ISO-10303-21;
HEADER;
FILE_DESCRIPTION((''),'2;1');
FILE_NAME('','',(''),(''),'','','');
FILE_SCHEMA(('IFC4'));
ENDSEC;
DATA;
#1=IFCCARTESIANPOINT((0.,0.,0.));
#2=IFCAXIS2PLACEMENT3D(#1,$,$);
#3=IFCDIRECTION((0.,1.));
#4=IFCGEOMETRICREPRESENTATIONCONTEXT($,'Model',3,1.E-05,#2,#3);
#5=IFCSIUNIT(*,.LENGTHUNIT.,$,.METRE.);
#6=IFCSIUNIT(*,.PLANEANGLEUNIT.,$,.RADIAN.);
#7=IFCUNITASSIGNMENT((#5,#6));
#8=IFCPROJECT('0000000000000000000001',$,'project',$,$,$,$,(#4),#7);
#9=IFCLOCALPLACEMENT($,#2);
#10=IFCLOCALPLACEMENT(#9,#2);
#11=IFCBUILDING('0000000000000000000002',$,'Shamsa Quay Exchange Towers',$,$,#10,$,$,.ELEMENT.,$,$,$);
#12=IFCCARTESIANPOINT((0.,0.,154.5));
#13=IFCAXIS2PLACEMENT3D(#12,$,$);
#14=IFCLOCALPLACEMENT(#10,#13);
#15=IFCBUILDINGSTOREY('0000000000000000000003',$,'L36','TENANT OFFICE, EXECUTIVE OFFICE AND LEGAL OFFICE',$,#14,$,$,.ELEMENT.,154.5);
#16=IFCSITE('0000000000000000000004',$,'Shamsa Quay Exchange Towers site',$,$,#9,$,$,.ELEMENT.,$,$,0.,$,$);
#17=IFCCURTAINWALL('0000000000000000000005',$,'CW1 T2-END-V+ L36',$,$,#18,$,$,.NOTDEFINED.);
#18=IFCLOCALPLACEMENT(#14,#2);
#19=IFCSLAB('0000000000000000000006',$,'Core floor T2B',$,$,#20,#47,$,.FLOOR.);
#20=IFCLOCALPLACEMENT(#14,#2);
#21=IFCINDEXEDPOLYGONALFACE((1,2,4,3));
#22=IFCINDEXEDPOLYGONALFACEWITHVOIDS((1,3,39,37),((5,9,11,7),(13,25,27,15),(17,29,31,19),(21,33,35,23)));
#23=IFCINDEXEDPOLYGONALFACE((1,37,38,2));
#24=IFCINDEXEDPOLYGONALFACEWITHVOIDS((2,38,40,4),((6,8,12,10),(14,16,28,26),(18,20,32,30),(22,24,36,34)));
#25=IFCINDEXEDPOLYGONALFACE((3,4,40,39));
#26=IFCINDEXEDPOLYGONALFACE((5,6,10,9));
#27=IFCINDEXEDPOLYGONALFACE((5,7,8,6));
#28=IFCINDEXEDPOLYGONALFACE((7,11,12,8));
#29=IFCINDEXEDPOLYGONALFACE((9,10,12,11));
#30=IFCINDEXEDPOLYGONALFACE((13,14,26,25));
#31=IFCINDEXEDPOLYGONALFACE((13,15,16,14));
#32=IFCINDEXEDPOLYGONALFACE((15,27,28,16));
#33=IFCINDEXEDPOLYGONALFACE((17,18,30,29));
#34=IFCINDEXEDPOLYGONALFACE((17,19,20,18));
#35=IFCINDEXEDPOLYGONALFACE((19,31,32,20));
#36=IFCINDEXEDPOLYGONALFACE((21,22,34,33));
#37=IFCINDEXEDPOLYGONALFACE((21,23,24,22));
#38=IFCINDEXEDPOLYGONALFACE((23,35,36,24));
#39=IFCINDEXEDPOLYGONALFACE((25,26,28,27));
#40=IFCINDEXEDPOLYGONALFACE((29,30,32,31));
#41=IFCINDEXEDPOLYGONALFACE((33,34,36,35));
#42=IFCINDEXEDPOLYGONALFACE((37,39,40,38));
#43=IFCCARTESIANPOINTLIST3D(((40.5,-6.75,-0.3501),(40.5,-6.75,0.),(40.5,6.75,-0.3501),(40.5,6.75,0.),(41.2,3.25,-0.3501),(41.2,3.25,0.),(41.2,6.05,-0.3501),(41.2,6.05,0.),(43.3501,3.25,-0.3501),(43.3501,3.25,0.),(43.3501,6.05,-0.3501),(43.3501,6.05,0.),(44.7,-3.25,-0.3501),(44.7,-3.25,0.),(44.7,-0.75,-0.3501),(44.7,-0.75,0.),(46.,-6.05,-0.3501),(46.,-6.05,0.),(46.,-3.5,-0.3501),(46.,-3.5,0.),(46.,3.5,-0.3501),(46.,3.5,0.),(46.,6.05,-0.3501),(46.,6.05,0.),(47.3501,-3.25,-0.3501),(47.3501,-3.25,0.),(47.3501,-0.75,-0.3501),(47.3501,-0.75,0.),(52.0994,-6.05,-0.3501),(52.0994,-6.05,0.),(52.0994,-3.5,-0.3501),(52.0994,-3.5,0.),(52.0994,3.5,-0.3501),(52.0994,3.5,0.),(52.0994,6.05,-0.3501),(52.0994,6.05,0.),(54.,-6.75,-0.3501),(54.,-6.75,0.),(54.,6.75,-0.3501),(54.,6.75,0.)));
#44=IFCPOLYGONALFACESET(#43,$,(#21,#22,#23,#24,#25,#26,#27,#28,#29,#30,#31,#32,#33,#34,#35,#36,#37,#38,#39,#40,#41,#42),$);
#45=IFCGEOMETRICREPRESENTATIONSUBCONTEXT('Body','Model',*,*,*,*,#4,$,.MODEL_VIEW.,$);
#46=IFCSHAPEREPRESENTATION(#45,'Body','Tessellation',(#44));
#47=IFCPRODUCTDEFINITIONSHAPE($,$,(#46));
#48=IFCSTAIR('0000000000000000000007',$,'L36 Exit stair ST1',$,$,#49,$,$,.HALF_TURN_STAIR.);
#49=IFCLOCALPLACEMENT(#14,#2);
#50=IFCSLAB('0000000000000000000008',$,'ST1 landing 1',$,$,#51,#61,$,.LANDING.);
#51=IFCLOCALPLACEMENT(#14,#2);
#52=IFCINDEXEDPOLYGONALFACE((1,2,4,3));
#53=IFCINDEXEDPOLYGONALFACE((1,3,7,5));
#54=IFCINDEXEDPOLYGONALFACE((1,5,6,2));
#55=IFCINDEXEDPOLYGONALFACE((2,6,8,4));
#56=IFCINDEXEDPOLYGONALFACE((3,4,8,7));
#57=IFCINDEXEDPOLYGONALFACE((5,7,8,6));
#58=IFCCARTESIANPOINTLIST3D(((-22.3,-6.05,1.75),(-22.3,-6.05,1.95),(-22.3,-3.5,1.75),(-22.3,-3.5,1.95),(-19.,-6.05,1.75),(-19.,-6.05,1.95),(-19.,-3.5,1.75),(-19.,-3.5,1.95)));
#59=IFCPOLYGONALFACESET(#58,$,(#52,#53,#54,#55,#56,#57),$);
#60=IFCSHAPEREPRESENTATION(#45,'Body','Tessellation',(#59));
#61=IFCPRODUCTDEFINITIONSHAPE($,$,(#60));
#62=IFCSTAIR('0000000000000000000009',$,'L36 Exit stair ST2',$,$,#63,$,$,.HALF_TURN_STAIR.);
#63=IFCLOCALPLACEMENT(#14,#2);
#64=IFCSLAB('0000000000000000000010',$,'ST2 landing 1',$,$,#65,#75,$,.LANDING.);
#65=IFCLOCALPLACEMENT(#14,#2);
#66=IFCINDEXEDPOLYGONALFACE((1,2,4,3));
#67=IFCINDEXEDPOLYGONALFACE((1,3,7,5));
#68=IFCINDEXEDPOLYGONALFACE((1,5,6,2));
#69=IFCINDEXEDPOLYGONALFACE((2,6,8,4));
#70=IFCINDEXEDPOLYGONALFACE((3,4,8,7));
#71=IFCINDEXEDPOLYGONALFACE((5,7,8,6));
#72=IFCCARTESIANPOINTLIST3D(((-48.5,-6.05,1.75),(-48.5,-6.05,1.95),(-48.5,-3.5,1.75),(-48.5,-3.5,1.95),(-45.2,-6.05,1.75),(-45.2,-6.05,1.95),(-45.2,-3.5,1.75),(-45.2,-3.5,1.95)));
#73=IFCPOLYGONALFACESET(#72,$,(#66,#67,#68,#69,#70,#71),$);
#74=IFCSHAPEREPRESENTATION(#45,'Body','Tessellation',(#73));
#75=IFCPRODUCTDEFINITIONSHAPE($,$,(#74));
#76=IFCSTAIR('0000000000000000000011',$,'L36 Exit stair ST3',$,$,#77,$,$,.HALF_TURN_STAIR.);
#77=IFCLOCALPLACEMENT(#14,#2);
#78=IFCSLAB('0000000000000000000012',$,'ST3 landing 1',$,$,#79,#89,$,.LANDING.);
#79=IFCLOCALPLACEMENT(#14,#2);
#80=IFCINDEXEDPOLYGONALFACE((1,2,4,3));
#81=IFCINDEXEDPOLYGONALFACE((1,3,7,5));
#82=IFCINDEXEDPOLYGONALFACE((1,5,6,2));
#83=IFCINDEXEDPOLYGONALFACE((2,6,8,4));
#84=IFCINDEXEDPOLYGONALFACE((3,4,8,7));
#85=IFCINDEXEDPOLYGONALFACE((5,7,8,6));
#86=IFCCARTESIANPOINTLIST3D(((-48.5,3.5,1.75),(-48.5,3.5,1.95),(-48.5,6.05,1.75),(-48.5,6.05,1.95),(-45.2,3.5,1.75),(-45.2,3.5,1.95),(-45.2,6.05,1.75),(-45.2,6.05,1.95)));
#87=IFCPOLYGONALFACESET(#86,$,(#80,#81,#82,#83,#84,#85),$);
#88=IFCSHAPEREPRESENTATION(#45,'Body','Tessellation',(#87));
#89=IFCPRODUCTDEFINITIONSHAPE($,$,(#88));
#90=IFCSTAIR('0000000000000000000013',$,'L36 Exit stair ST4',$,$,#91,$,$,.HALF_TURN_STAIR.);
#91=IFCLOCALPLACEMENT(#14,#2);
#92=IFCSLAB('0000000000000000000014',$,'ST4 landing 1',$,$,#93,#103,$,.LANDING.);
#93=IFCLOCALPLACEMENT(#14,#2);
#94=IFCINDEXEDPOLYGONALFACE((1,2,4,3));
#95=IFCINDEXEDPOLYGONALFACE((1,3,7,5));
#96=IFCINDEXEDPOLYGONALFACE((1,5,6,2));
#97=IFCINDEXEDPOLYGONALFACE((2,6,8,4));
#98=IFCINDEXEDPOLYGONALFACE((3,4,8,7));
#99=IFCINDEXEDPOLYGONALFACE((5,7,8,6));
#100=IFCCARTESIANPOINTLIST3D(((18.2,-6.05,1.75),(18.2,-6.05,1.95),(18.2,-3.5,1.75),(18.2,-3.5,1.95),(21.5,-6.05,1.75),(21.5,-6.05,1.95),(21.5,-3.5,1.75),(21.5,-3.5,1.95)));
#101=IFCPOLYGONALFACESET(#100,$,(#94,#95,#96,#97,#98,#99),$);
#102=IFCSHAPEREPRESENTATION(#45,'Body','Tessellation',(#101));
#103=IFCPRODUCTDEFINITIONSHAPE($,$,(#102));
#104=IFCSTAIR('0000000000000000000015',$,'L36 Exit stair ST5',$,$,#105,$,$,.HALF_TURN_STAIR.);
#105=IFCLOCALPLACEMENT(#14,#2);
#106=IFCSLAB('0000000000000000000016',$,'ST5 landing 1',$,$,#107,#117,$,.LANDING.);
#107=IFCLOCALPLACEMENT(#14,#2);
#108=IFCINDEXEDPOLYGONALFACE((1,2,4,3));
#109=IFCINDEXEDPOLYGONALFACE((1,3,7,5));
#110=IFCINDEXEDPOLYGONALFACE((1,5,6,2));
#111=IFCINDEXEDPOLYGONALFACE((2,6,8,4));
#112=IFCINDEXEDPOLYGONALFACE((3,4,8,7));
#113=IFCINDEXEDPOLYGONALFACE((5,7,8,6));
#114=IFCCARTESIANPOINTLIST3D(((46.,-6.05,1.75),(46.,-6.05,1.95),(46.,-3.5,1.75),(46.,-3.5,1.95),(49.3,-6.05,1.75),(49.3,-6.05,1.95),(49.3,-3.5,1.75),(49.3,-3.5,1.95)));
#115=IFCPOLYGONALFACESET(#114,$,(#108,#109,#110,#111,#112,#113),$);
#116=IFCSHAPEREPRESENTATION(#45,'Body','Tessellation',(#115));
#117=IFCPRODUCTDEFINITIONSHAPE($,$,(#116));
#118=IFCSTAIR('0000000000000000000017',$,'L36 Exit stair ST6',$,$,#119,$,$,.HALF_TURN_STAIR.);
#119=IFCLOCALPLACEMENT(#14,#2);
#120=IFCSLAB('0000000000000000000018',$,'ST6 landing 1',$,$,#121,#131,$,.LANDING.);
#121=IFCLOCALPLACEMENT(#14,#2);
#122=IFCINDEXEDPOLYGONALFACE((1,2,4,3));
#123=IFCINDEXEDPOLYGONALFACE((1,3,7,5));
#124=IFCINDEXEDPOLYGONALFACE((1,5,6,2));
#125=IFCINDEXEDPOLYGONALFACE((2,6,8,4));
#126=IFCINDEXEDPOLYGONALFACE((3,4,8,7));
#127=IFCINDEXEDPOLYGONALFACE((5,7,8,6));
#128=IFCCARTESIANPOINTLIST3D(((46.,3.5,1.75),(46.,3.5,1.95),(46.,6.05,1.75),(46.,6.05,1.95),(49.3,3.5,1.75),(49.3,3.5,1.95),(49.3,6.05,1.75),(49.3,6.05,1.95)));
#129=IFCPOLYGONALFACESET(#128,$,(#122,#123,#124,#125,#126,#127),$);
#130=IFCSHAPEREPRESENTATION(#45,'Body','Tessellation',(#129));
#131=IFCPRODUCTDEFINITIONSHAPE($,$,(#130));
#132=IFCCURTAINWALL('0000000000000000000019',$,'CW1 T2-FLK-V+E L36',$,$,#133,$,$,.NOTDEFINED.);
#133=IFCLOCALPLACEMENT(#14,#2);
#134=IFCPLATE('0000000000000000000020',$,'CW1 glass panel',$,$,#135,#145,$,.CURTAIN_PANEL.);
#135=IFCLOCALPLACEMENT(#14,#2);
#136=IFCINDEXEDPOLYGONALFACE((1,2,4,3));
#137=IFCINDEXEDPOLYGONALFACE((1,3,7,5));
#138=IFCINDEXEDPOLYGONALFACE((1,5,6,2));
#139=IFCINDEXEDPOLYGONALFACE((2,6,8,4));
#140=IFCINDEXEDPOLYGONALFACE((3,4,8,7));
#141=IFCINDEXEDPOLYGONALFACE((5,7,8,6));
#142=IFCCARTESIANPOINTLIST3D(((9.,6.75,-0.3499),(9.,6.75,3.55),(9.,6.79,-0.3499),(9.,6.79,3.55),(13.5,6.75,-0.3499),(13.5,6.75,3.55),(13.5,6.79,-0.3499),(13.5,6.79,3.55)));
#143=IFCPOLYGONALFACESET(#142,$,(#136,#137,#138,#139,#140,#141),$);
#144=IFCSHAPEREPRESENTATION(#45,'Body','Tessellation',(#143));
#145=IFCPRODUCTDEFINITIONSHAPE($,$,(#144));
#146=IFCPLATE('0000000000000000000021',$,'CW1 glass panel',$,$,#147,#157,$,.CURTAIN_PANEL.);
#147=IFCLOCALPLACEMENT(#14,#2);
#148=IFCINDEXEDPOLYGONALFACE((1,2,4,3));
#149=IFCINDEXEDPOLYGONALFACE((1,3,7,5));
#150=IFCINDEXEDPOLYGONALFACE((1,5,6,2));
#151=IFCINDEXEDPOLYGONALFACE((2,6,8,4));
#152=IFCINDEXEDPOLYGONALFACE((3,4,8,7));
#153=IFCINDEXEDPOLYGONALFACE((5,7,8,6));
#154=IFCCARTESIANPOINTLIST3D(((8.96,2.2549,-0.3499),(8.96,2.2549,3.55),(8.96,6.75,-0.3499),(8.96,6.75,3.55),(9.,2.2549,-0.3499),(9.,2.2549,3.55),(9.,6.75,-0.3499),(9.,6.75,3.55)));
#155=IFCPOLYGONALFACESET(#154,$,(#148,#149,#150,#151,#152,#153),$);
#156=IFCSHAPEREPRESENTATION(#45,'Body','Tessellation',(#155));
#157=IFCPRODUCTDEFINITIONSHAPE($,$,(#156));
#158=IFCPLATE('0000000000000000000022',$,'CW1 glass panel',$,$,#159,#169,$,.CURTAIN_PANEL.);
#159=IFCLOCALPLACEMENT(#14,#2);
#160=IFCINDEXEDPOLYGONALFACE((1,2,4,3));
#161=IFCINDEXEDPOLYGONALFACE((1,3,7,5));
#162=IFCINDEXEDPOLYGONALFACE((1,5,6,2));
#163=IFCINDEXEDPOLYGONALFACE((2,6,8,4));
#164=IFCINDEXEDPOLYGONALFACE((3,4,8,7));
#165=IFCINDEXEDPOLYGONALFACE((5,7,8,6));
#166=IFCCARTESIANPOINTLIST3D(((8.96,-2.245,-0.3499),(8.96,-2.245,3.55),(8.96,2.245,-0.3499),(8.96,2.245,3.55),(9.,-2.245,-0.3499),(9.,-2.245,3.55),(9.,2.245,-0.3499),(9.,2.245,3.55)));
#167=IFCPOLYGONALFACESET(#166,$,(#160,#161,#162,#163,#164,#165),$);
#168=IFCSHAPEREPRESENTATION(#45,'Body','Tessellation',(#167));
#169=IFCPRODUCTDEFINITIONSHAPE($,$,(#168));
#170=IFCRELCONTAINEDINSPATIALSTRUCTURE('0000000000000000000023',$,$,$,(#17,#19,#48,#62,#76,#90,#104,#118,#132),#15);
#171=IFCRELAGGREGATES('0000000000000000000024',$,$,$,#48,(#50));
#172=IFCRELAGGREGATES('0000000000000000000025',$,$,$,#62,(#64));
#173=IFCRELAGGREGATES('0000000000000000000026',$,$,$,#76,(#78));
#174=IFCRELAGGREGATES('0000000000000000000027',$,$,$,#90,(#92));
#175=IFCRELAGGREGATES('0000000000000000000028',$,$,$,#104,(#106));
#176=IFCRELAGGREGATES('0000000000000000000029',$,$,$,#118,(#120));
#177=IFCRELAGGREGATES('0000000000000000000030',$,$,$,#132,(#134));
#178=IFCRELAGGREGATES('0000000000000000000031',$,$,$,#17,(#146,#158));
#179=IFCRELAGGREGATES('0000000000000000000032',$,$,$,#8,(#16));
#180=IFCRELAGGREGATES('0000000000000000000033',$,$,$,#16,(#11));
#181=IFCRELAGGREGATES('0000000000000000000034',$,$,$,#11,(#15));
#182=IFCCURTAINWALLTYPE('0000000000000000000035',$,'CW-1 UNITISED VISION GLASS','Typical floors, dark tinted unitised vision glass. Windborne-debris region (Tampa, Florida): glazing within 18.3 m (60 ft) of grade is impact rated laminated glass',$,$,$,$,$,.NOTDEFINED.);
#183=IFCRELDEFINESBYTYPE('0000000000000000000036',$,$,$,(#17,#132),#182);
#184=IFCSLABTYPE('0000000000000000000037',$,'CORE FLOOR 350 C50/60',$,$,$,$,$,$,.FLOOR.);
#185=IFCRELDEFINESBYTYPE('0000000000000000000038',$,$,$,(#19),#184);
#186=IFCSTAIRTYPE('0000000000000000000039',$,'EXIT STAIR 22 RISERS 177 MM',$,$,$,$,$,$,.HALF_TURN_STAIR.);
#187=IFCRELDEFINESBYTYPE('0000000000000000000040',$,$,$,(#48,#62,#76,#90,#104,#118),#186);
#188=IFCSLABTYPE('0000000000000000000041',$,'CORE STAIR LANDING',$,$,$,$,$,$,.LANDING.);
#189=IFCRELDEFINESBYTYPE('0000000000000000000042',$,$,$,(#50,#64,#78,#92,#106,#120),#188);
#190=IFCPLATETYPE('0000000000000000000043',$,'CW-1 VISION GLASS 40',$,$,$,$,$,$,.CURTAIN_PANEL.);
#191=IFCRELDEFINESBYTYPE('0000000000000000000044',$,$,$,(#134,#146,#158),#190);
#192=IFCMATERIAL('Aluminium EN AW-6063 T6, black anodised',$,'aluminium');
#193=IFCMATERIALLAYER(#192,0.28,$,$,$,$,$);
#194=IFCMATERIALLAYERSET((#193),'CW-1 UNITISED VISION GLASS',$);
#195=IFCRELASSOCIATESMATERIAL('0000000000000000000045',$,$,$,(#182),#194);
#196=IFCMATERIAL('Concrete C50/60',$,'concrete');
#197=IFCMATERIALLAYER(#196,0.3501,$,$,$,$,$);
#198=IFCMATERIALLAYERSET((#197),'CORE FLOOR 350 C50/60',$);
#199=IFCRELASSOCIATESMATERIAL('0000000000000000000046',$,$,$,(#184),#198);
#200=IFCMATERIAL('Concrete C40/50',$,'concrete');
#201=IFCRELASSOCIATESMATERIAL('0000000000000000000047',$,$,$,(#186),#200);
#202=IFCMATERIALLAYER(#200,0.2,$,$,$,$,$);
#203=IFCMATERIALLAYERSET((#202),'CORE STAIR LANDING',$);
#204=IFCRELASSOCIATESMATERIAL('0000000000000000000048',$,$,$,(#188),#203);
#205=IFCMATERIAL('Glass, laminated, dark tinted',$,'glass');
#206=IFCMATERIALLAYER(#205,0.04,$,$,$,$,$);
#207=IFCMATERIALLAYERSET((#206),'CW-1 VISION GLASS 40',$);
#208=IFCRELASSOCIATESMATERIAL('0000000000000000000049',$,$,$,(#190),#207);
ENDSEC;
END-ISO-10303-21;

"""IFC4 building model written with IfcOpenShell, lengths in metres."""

from ifc_helpers import new_model, si_unit, direction, frame, origin, origin_2d, place, context, subcontext, project, spatial, polyline, rectangle, outline, extrude, material, layer, layer_set, type_object, element, aggregate, save


model = new_model("IFC4")

# Units and contexts
model_context = context("Model", 3, precision=1e-05, world=origin(), true_north=direction((0.0, 1.0)))
body_context = subcontext(model_context, "Body", "Model", "MODEL_VIEW")
ifc_project = project(units=[si_unit("LENGTHUNIT", "METRE"), si_unit("PLANEANGLEUNIT", "RADIAN")], contexts=[model_context])

# Site, building, storey
site_placement = place(None, origin())
site = spatial("IfcSite", under=ifc_project, at=site_placement, Name="Shamsa Quay Exchange Towers site", CompositionType="ELEMENT", RefElevation=0.0)
building_placement = place(site_placement, origin())
building = spatial("IfcBuilding", under=site, at=building_placement, Name="Shamsa Quay Exchange Towers", CompositionType="ELEMENT")
storey_placement = place(building_placement, frame((0.0, 0.0, 154.5)))
storey = spatial("IfcBuildingStorey", under=building, at=storey_placement, Name="L36", Description="TENANT OFFICE, EXECUTIVE OFFICE AND LEGAL OFFICE", CompositionType="ELEMENT", Elevation=154.5)

# Curtain wall
ifc_material_1 = material(Name="Aluminium EN AW-6063 T6, black anodised", Category="aluminium")
ifc_layer_1 = layer(ifc_material_1, 0.28)
ifc_layer_set_1 = layer_set([ifc_layer_1], Name="CW-1 UNITISED VISION GLASS")
curtain_wall_type = type_object("IfcCurtainWallType", Name="CW-1 UNITISED VISION GLASS", Description="Typical floors, dark tinted unitised vision glass. Windborne-debris region (Tampa, Florida): glazing within 18.3 m (60 ft) of grade is impact rated laminated glass", PredefinedType="NOTDEFINED", material=ifc_layer_set_1)
curtain_wall_1_placement = place(storey_placement, origin())
curtain_wall_1 = element("IfcCurtainWall", 1, at=curtain_wall_1_placement, inside=storey, type_object=curtain_wall_type, Name="CW1 T2-END-V+ L36", PredefinedType="NOTDEFINED")

# Slab
ifc_material_2 = material(Name="Concrete C50/60", Category="concrete")
ifc_layer_2 = layer(ifc_material_2, 0.3501)
ifc_layer_set_2 = layer_set([ifc_layer_2], Name="CORE FLOOR 350 C50/60")
slab_type_1 = type_object("IfcSlabType", Name="CORE FLOOR 350 C50/60", PredefinedType="FLOOR", material=ifc_layer_set_2)
slab_1_placement = place(storey_placement, frame((0.0, 0.0, -0.3501)))
element("IfcSlab", 2, at=slab_1_placement, inside=storey, type_object=slab_type_1, Name="Core floor T2B", PredefinedType="FLOOR", context=body_context, shape_type="SweptSolid", body=[
    extrude(outline(polyline([(54.0, -6.75), (54.0, 6.75), (40.5, 6.75), (40.5, -6.75), (54.0, -6.75)]), holes=[polyline([(52.0994, -3.5), (52.0994, -6.05), (46.0, -6.05), (46.0, -3.5), (52.0994, -3.5)]), polyline([(52.0994, 6.05), (52.0994, 3.5), (46.0, 3.5), (46.0, 6.05), (52.0994, 6.05)]), polyline([(43.3501, 3.25), (41.2, 3.25), (41.2, 6.05), (43.3501, 6.05), (43.3501, 3.25)]), polyline([(47.3501, -3.25), (44.7, -3.25), (44.7, -0.75), (47.3501, -0.75), (47.3501, -3.25)])]), origin(), (0.0, 0.0, 1.0), 0.3501),
])

# Stairs, slabs
ifc_material_3 = material(Name="Concrete C40/50", Category="concrete")
stair_type = type_object("IfcStairType", Name="EXIT STAIR 22 RISERS 177 MM", PredefinedType="HALF_TURN_STAIR", material=ifc_material_3)
stair_1_placement = place(storey_placement, origin())
stair_1 = element("IfcStair", 3, at=stair_1_placement, inside=storey, type_object=stair_type, Name="L36 Exit stair ST1", PredefinedType="HALF_TURN_STAIR")
ifc_layer_3 = layer(ifc_material_3, 0.2)
ifc_layer_set_3 = layer_set([ifc_layer_3], Name="CORE STAIR LANDING")
slab_type_2 = type_object("IfcSlabType", Name="CORE STAIR LANDING", PredefinedType="LANDING", material=ifc_layer_set_3)
slab_2_placement = place(storey_placement, frame((0.0, 0.0, 1.75)))
slab_2 = element("IfcSlab", 4, at=slab_2_placement, type_object=slab_type_2, Name="ST1 landing 1", PredefinedType="LANDING", context=body_context, shape_type="SweptSolid", body=[
    extrude(outline(polyline([(-22.3, -6.05), (-19.0, -6.05), (-19.0, -3.5), (-22.3, -3.5), (-22.3, -6.05)])), origin(), (0.0, 0.0, 1.0), 0.2),
])
aggregate(stair_1, [slab_2])
stair_2_placement = place(storey_placement, origin())
stair_2 = element("IfcStair", 5, at=stair_2_placement, inside=storey, type_object=stair_type, Name="L36 Exit stair ST2", PredefinedType="HALF_TURN_STAIR")
slab_3_placement = place(storey_placement, frame((0.0, 0.0, 1.75)))
slab_3 = element("IfcSlab", 6, at=slab_3_placement, type_object=slab_type_2, Name="ST2 landing 1", PredefinedType="LANDING", context=body_context, shape_type="SweptSolid", body=[
    extrude(outline(polyline([(-45.2, -3.5), (-48.5, -3.5), (-48.5, -6.05), (-45.2, -6.05), (-45.2, -3.5)])), origin(), (0.0, 0.0, 1.0), 0.2),
])
aggregate(stair_2, [slab_3])
stair_3_placement = place(storey_placement, origin())
stair_3 = element("IfcStair", 7, at=stair_3_placement, inside=storey, type_object=stair_type, Name="L36 Exit stair ST3", PredefinedType="HALF_TURN_STAIR")
slab_4_placement = place(storey_placement, frame((0.0, 0.0, 1.75)))
slab_4 = element("IfcSlab", 8, at=slab_4_placement, type_object=slab_type_2, Name="ST3 landing 1", PredefinedType="LANDING", context=body_context, shape_type="SweptSolid", body=[
    extrude(outline(polyline([(-45.2, 6.05), (-48.5, 6.05), (-48.5, 3.5), (-45.2, 3.5), (-45.2, 6.05)])), origin(), (0.0, 0.0, 1.0), 0.2),
])
aggregate(stair_3, [slab_4])
stair_4_placement = place(storey_placement, origin())
stair_4 = element("IfcStair", 9, at=stair_4_placement, inside=storey, type_object=stair_type, Name="L36 Exit stair ST4", PredefinedType="HALF_TURN_STAIR")
slab_5_placement = place(storey_placement, frame((0.0, 0.0, 1.75)))
slab_5 = element("IfcSlab", 10, at=slab_5_placement, type_object=slab_type_2, Name="ST4 landing 1", PredefinedType="LANDING", context=body_context, shape_type="SweptSolid", body=[
    extrude(outline(polyline([(18.2, -6.05), (21.5, -6.05), (21.5, -3.5), (18.2, -3.5), (18.2, -6.05)])), origin(), (0.0, 0.0, 1.0), 0.2),
])
aggregate(stair_4, [slab_5])
stair_5_placement = place(storey_placement, origin())
stair_5 = element("IfcStair", 11, at=stair_5_placement, inside=storey, type_object=stair_type, Name="L36 Exit stair ST5", PredefinedType="HALF_TURN_STAIR")
slab_6_placement = place(storey_placement, frame((0.0, 0.0, 1.75)))
slab_6 = element("IfcSlab", 12, at=slab_6_placement, type_object=slab_type_2, Name="ST5 landing 1", PredefinedType="LANDING", context=body_context, shape_type="SweptSolid", body=[
    extrude(outline(polyline([(49.3, -3.5), (46.0, -3.5), (46.0, -6.05), (49.3, -6.05), (49.3, -3.5)])), origin(), (0.0, 0.0, 1.0), 0.2),
])
aggregate(stair_5, [slab_6])
stair_6_placement = place(storey_placement, origin())
stair_6 = element("IfcStair", 13, at=stair_6_placement, inside=storey, type_object=stair_type, Name="L36 Exit stair ST6", PredefinedType="HALF_TURN_STAIR")
slab_7_placement = place(storey_placement, frame((0.0, 0.0, 1.75)))
slab_7 = element("IfcSlab", 14, at=slab_7_placement, type_object=slab_type_2, Name="ST6 landing 1", PredefinedType="LANDING", context=body_context, shape_type="SweptSolid", body=[
    extrude(outline(polyline([(49.3, 6.05), (46.0, 6.05), (46.0, 3.5), (49.3, 3.5), (49.3, 6.05)])), origin(), (0.0, 0.0, 1.0), 0.2),
])
aggregate(stair_6, [slab_7])

# Curtain wall, plate
curtain_wall_2_placement = place(storey_placement, origin())
curtain_wall_2 = element("IfcCurtainWall", 15, at=curtain_wall_2_placement, inside=storey, type_object=curtain_wall_type, Name="CW1 T2-FLK-V+E L36", PredefinedType="NOTDEFINED")
ifc_material_4 = material(Name="Glass, laminated, dark tinted", Category="glass")
ifc_layer_4 = layer(ifc_material_4, 0.04)
ifc_layer_set_4 = layer_set([ifc_layer_4], Name="CW-1 VISION GLASS 40")
plate_type = type_object("IfcPlateType", Name="CW-1 VISION GLASS 40", PredefinedType="CURTAIN_PANEL", material=ifc_layer_set_4)
plate_1_placement = place(storey_placement, frame((11.25, 6.77, -0.3499), z_axis=(0.0, 0.0, 1.0), x_axis=(-1.0, 0.0, 0.0)))
plate_1 = element("IfcPlate", 16, at=plate_1_placement, type_object=plate_type, Name="CW1 glass panel", PredefinedType="CURTAIN_PANEL", context=body_context, shape_type="SweptSolid", body=[
    extrude(rectangle(XDim=4.5, YDim=0.04, at=origin_2d()), origin(), (0.0, 0.0, 1.0), 3.8999),
])
aggregate(curtain_wall_2, [plate_1])

# Plates
plate_2_placement = place(storey_placement, frame((8.98, 4.5024, -0.3499), z_axis=(0.0, 0.0, 1.0), x_axis=(0.0, -1.0, 0.0)))
plate_2 = element("IfcPlate", 17, at=plate_2_placement, type_object=plate_type, Name="CW1 glass panel", PredefinedType="CURTAIN_PANEL", context=body_context, shape_type="SweptSolid", body=[
    extrude(rectangle(XDim=4.4951, YDim=0.04, at=origin_2d()), origin(), (0.0, 0.0, 1.0), 3.8999),
])
plate_3_placement = place(storey_placement, frame((8.98, 0.0, -0.3499), z_axis=(0.0, 0.0, 1.0), x_axis=(0.0, -1.0, 0.0)))
plate_3 = element("IfcPlate", 18, at=plate_3_placement, type_object=plate_type, Name="CW1 glass panel", PredefinedType="CURTAIN_PANEL", context=body_context, shape_type="SweptSolid", body=[
    extrude(rectangle(XDim=4.49, YDim=0.04, at=origin_2d()), origin(), (0.0, 0.0, 1.0), 3.8999),
])
aggregate(curtain_wall_1, [plate_2, plate_3])

save(model, "model.ifc")
